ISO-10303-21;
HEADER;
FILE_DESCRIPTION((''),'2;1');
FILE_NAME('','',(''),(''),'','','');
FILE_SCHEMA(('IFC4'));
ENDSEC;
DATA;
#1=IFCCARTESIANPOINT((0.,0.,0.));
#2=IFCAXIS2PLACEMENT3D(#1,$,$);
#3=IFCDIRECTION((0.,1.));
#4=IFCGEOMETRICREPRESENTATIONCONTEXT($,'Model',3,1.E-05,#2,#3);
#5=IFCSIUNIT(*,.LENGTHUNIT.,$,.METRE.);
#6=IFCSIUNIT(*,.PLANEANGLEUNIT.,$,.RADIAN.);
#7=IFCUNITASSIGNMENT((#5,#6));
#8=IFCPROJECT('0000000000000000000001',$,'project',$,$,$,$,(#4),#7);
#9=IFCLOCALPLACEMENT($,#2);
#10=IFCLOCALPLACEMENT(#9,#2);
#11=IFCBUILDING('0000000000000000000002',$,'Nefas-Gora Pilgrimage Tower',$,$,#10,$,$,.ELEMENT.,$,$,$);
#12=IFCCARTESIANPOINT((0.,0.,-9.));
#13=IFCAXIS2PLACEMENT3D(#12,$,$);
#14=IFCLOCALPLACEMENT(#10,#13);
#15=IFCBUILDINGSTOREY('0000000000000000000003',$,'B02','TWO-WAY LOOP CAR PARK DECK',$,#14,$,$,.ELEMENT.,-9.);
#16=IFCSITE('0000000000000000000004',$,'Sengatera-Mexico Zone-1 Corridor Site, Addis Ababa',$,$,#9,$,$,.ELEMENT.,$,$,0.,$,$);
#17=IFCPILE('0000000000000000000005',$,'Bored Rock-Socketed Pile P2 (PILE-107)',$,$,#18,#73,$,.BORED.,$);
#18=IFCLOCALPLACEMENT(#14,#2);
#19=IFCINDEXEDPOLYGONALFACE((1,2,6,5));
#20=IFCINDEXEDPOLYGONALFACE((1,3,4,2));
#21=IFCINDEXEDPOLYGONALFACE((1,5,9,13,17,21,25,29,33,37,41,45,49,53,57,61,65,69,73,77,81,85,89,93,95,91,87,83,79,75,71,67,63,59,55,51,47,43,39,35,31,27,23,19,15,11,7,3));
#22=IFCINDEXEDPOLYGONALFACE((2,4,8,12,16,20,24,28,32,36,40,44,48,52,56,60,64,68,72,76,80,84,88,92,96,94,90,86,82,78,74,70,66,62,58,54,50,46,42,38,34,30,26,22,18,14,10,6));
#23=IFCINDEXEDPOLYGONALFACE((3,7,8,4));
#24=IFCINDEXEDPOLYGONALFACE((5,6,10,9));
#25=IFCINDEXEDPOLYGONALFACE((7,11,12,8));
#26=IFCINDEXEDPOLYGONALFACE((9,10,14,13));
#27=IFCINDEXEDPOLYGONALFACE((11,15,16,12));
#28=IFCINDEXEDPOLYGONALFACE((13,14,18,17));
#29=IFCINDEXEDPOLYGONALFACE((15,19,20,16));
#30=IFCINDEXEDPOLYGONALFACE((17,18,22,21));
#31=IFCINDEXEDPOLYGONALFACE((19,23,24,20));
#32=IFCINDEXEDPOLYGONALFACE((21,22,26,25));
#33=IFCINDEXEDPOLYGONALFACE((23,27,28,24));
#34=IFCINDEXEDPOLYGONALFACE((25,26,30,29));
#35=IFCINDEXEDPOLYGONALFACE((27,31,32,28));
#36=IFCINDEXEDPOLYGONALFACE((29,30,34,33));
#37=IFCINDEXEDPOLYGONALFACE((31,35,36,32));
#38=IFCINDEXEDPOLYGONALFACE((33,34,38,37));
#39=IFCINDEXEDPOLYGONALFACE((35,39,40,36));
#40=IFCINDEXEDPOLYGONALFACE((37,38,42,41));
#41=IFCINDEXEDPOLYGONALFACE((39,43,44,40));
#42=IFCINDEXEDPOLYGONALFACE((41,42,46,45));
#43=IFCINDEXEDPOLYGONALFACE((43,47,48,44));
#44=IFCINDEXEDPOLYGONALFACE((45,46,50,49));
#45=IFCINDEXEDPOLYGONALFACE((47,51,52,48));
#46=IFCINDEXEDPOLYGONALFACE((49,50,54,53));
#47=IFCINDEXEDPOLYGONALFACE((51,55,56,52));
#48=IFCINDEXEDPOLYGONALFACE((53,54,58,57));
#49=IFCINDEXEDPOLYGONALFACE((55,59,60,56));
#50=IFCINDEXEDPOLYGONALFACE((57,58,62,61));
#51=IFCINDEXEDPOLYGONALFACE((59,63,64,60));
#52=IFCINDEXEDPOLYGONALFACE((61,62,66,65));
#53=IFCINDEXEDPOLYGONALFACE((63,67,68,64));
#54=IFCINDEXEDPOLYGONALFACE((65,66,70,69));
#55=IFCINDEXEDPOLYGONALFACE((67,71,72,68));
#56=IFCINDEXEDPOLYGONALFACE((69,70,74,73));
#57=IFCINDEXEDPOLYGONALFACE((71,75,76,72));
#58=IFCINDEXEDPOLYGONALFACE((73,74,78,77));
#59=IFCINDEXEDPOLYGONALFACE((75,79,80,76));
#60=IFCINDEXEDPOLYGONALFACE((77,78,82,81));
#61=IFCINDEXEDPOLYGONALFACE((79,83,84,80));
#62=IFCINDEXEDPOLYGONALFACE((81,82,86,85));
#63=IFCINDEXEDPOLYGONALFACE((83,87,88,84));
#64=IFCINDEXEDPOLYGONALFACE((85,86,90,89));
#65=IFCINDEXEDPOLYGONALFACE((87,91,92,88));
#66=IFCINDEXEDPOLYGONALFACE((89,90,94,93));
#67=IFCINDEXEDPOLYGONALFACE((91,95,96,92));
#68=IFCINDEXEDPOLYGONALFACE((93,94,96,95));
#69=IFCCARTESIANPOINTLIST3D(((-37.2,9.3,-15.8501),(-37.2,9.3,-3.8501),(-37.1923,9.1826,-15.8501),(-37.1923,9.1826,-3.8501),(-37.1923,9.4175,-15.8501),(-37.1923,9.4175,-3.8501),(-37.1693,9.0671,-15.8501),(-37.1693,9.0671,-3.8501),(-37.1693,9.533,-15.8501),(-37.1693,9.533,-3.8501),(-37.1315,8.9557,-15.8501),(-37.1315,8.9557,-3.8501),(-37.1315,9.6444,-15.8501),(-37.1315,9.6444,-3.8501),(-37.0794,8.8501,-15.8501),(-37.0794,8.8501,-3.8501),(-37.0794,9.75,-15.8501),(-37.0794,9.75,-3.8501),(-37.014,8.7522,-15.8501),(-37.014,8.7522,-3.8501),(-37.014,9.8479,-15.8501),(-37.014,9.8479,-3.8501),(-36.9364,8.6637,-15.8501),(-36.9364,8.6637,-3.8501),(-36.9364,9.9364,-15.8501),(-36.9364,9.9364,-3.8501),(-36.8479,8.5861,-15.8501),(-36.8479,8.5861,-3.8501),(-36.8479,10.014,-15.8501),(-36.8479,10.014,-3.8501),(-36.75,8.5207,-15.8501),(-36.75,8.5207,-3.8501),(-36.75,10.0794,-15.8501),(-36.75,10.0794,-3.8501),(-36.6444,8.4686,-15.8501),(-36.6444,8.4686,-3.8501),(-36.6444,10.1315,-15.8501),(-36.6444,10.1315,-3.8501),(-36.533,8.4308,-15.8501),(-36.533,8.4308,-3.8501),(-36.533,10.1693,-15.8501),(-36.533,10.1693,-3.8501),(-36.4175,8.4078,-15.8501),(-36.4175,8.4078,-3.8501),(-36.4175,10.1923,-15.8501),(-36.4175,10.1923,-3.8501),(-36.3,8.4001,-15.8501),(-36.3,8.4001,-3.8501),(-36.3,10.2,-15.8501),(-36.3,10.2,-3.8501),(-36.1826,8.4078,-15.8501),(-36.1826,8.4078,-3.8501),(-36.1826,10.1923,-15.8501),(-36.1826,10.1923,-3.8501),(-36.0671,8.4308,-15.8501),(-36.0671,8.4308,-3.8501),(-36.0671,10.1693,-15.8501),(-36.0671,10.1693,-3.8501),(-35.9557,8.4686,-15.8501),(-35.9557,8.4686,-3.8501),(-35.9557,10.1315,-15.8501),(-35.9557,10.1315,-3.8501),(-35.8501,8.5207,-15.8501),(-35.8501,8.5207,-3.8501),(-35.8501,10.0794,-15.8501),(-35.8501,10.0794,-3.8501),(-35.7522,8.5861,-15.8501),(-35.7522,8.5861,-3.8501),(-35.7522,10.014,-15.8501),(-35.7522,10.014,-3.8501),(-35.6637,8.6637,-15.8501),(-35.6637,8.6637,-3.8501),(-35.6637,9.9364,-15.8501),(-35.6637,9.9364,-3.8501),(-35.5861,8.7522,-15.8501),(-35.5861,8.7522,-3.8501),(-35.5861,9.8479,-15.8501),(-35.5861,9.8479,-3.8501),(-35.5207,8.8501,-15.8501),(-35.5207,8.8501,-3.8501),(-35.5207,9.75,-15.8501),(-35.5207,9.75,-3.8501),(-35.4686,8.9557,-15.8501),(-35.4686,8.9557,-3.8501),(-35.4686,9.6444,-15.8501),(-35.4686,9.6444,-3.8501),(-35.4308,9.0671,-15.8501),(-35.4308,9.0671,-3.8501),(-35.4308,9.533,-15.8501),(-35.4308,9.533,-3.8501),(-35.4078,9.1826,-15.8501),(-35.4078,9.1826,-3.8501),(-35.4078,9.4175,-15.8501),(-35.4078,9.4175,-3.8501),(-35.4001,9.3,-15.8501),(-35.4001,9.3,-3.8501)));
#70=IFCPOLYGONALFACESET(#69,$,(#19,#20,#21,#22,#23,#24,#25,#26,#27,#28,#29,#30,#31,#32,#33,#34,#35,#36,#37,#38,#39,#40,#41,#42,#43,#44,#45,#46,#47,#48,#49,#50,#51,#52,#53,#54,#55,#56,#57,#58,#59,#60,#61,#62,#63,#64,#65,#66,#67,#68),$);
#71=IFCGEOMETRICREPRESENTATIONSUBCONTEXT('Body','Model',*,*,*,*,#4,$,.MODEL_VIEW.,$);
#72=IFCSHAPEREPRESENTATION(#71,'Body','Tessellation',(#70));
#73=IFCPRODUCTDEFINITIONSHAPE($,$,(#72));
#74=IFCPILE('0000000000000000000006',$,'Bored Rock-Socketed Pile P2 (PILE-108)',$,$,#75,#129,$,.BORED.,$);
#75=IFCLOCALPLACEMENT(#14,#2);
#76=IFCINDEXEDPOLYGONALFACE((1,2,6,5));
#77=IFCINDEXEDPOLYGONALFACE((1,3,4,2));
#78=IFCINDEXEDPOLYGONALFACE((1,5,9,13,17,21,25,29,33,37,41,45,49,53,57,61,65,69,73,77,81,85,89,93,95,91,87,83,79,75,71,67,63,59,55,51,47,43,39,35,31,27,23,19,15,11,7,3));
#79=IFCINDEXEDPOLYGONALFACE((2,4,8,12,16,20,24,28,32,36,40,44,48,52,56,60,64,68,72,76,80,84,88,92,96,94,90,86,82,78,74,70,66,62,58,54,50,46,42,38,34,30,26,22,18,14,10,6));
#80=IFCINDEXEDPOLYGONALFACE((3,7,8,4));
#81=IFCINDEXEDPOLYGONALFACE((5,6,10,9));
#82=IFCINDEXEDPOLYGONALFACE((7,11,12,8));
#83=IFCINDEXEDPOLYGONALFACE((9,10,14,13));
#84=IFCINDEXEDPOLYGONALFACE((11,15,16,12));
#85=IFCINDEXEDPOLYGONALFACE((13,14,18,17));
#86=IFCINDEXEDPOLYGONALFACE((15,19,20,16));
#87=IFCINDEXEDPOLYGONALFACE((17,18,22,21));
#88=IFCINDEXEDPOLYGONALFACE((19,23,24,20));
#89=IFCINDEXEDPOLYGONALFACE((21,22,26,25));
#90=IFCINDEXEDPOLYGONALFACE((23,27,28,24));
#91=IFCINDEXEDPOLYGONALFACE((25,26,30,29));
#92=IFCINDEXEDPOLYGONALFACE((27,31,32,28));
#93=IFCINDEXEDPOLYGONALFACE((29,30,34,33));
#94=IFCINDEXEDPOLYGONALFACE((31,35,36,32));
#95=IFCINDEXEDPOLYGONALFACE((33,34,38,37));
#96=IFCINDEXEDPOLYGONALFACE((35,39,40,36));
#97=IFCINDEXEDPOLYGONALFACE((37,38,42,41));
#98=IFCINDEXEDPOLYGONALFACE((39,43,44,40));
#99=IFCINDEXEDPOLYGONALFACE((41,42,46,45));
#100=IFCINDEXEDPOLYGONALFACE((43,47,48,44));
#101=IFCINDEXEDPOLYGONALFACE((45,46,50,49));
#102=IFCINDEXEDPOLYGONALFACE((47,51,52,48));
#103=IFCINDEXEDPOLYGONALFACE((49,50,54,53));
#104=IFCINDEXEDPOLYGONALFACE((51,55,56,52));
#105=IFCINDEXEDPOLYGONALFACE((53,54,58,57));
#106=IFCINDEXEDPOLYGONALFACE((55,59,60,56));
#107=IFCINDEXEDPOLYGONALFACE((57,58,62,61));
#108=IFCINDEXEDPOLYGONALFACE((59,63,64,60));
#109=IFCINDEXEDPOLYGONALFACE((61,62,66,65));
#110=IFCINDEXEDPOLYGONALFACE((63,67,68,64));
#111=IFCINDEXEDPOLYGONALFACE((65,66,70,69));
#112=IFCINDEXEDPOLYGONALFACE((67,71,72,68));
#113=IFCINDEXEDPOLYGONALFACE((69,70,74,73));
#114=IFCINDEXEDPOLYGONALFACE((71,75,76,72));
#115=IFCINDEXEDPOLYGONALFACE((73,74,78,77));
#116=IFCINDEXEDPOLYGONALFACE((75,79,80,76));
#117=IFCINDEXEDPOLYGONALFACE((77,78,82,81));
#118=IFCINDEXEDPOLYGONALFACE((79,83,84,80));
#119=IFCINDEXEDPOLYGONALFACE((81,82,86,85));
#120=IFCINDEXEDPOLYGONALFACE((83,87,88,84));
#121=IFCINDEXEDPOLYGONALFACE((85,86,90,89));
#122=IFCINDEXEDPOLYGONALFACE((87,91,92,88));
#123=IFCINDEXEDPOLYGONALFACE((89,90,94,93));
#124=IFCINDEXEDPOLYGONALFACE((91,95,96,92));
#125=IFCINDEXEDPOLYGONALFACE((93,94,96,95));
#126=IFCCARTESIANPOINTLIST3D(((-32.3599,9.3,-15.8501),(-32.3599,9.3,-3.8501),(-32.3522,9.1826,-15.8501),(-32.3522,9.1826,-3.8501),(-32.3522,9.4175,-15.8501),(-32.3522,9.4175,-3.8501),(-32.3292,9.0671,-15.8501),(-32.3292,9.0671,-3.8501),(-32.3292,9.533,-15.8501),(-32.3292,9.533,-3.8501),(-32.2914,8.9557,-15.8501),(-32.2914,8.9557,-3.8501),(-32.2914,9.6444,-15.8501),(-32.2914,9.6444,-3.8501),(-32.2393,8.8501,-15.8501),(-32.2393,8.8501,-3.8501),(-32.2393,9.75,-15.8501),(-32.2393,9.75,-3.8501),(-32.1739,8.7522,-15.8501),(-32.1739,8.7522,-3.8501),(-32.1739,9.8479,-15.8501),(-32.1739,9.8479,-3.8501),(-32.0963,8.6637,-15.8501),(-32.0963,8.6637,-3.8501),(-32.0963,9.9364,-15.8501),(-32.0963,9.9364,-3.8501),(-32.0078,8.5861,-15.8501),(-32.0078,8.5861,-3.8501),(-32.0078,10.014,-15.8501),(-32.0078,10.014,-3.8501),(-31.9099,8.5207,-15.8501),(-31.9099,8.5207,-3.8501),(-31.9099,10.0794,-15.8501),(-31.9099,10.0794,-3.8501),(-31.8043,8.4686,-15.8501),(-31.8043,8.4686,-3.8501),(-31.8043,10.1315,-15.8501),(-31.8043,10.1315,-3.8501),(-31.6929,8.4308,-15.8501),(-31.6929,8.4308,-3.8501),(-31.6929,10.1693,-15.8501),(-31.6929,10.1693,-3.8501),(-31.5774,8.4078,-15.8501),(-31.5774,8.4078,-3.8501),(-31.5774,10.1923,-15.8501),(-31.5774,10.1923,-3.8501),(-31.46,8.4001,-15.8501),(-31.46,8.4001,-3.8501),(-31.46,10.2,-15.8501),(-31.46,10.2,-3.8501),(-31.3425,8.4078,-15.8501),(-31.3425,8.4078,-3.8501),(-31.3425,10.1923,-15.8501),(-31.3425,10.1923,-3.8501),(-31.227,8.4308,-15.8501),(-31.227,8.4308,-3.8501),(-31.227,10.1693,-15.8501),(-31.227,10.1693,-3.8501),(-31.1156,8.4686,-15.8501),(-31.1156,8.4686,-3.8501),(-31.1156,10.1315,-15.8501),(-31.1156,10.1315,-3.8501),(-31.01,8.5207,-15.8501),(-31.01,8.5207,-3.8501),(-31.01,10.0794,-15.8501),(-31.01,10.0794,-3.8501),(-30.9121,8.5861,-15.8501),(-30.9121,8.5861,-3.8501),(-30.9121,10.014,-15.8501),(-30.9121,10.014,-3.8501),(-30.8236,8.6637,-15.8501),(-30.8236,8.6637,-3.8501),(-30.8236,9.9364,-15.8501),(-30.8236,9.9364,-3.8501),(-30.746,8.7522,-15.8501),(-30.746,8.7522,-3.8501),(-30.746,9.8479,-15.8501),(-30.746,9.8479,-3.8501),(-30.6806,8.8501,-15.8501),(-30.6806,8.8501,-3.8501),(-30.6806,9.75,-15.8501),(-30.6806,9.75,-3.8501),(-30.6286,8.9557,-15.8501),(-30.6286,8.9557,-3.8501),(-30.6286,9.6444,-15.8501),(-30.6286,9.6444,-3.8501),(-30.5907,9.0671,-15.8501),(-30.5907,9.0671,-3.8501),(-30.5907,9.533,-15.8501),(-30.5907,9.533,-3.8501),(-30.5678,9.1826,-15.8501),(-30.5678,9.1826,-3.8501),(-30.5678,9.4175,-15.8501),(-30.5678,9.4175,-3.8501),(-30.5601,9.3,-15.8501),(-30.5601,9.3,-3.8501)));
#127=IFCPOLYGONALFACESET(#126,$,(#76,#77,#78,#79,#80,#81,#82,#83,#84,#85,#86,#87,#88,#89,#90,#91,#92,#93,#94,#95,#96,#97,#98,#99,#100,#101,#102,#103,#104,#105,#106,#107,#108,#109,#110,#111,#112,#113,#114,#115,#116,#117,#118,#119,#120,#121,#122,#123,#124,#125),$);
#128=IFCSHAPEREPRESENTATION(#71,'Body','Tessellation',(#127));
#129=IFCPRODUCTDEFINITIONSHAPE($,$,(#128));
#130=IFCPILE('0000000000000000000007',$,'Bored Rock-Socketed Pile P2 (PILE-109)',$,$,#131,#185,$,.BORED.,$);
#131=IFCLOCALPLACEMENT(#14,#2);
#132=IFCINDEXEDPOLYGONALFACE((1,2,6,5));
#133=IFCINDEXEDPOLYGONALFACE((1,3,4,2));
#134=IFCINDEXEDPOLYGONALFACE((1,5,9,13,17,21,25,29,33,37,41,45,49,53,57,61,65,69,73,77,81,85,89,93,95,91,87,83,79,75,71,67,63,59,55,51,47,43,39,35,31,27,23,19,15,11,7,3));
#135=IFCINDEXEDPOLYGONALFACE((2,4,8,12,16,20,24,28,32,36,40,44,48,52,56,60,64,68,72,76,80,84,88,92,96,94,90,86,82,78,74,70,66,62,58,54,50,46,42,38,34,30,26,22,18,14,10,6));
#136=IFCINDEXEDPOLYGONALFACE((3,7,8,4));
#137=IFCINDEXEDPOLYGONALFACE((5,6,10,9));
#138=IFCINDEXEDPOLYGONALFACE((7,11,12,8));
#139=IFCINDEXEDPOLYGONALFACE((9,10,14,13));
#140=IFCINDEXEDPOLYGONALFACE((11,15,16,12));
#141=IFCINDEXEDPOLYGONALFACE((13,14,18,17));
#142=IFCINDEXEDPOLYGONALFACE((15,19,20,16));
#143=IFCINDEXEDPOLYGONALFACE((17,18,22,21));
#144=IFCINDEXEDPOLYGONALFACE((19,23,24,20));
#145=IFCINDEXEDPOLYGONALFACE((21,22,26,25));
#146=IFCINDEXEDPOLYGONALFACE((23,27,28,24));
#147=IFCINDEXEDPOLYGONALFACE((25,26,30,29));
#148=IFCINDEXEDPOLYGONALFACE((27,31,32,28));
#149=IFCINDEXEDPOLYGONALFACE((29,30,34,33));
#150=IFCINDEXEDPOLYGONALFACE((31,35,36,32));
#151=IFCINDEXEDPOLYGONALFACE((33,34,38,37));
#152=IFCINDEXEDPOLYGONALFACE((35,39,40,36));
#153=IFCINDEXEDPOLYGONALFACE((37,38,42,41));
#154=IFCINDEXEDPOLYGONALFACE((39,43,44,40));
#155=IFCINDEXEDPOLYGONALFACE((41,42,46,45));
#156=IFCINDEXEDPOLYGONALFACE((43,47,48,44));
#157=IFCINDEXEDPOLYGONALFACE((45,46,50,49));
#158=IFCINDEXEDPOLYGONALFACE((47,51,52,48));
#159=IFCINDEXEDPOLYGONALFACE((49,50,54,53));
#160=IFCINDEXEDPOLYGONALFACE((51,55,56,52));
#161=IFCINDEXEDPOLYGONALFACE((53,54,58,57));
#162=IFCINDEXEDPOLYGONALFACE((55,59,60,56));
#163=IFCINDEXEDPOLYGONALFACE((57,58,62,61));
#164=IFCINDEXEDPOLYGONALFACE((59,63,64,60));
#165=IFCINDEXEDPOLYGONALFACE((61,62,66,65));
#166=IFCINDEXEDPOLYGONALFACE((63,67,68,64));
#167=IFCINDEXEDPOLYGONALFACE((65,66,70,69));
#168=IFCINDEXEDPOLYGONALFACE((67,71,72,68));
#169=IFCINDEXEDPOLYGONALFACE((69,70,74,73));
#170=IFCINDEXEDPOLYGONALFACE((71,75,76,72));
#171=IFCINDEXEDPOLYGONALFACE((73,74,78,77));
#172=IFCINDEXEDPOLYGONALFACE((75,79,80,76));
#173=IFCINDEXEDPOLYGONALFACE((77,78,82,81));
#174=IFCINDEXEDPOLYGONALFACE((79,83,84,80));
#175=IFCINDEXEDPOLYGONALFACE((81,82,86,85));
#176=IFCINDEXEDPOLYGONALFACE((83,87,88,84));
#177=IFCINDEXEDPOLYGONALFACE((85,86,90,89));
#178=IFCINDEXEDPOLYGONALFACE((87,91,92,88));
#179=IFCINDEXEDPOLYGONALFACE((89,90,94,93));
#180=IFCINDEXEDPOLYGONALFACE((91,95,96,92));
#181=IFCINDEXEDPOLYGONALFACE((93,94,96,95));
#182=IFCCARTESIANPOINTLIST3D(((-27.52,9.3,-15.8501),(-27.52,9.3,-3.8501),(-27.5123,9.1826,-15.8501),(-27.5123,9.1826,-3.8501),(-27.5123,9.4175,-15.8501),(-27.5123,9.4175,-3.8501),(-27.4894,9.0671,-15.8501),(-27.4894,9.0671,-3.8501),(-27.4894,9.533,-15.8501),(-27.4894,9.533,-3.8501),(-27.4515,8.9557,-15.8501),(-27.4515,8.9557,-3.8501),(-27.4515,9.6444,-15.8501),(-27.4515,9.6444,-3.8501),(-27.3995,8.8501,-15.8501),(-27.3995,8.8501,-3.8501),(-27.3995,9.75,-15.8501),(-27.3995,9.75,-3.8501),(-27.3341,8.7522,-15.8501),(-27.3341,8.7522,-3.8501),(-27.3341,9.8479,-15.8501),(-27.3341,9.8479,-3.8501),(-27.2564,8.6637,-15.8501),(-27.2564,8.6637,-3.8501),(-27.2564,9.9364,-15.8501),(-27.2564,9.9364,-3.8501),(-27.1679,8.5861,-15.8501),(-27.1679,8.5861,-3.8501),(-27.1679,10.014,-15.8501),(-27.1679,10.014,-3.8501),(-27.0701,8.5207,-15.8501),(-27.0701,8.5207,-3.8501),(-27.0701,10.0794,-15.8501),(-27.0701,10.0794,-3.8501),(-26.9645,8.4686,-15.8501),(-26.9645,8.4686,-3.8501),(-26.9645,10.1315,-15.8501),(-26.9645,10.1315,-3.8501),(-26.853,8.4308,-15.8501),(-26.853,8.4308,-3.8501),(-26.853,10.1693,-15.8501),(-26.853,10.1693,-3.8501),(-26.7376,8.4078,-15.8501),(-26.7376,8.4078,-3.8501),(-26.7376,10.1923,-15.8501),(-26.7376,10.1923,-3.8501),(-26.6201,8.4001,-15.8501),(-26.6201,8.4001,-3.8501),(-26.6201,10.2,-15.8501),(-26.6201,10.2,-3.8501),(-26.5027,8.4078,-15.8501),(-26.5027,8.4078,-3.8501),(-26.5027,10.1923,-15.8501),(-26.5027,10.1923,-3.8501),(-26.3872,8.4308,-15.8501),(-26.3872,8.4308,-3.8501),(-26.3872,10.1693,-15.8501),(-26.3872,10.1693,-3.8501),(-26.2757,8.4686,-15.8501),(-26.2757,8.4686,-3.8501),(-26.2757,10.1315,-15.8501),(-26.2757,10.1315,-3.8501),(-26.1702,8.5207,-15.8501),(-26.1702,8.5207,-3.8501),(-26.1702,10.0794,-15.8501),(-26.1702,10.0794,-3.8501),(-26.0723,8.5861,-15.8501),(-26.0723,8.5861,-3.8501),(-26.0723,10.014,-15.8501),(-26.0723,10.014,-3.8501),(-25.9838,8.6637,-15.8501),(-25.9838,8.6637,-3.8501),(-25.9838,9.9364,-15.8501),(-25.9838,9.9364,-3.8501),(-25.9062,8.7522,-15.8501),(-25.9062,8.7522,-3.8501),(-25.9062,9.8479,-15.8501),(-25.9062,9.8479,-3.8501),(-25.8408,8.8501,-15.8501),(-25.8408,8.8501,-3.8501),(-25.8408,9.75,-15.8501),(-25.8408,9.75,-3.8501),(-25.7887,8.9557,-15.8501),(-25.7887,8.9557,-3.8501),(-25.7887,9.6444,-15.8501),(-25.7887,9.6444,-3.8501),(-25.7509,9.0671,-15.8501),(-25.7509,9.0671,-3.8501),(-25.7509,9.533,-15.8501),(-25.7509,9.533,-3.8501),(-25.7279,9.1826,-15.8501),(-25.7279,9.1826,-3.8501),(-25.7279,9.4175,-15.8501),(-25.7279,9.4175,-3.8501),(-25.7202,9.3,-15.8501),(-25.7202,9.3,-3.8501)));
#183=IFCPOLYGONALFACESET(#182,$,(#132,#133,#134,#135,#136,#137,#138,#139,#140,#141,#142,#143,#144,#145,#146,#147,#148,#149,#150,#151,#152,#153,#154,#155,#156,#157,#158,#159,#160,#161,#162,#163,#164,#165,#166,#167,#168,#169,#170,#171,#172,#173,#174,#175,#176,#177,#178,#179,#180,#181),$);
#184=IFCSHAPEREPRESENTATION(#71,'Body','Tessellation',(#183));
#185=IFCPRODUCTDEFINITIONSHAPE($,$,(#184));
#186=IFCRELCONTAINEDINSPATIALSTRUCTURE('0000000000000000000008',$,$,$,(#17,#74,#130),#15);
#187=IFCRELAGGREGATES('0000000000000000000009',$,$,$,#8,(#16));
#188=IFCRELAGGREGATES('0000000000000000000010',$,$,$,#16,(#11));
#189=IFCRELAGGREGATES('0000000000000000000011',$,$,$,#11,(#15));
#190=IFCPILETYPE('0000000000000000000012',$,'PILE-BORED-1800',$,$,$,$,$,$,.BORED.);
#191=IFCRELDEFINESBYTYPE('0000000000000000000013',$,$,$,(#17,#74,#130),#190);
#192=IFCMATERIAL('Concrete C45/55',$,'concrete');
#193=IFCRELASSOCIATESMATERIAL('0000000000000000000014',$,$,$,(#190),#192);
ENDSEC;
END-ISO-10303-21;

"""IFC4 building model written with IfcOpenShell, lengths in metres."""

from ifc_helpers import new_model, si_unit, direction, frame, origin, origin_2d, place, context, subcontext, project, spatial, circle, extrude, source, transform, mapped, material, material_profile, profile_set, type_object, element, save


model = new_model("IFC4")

# Units and contexts
model_context = context("Model", 3, precision=1e-05, world=origin(), true_north=direction((0.0, 1.0)))
body_context = subcontext(model_context, "Body", "Model", "MODEL_VIEW")
ifc_project = project(units=[si_unit("LENGTHUNIT", "METRE"), si_unit("PLANEANGLEUNIT", "RADIAN")], contexts=[model_context])

# Site, building, storey
site_placement = place(None, origin())
site = spatial("IfcSite", under=ifc_project, at=site_placement, Name="Sengatera-Mexico Zone-1 Corridor Site, Addis Ababa", CompositionType="ELEMENT", RefElevation=0.0)
building_placement = place(site_placement, origin())
building = spatial("IfcBuilding", under=site, at=building_placement, Name="Nefas-Gora Pilgrimage Tower", CompositionType="ELEMENT")
storey_placement = place(building_placement, frame((0.0, 0.0, -9.0)))
storey = spatial("IfcBuildingStorey", under=building, at=storey_placement, Name="B02", Description="TWO-WAY LOOP CAR PARK DECK", CompositionType="ELEMENT", Elevation=-9.0)

# Piles
ifc_material_1 = material(Name="Concrete C45/55", Category="concrete")
ifc_material_profile_1 = material_profile(ifc_material_1, circle(Radius=0.8999, at=origin_2d()), Name="PILE D1800")
ifc_profile_set_1 = profile_set([ifc_material_profile_1], Name="Concrete C45/55")
pile_type_1 = type_object("IfcPileType", Name="PILE-BORED-1800", PredefinedType="BORED", material=ifc_profile_set_1)
shared_shape_1 = source(origin(), body_context, "Body", "SweptSolid", [
    extrude(circle(Radius=0.8999, at=origin_2d()), origin(), (0.0, 0.0, 1.0), 12.0),
])
for number, where, z_axis, x_axis, name in (
    (1, (-36.3, 9.3, -3.8501), (0.0, 0.0, -1.0), (1.0, 0.0, 0.0), "Bored Rock-Socketed Pile P2 (PILE-107)"),
    (2, (-31.46, 9.3, -3.8501), (0.0, 0.0, -1.0), (1.0, 0.0, 0.0), "Bored Rock-Socketed Pile P2 (PILE-108)"),
    (3, (-26.6201, 9.3, -3.8501), (0.0, 0.0, -1.0), (1.0, 0.0, 0.0), "Bored Rock-Socketed Pile P2 (PILE-109)"),
):
    element("IfcPile", number, at=place(storey_placement, frame(where, z_axis=z_axis, x_axis=x_axis)), inside=storey, type_object=pile_type_1, Name=name, PredefinedType="BORED", context=body_context, shape_type="MappedRepresentation", body=[
        mapped(shared_shape_1, transform((0.0, 0.0, 0.0), x_axis=(1.0, 0.0, 0.0), y_axis=(0.0, 1.0, 0.0), z_axis=(0.0, 0.0, 1.0), scale=1.0)),
    ])

save(model, "model.ifc")
